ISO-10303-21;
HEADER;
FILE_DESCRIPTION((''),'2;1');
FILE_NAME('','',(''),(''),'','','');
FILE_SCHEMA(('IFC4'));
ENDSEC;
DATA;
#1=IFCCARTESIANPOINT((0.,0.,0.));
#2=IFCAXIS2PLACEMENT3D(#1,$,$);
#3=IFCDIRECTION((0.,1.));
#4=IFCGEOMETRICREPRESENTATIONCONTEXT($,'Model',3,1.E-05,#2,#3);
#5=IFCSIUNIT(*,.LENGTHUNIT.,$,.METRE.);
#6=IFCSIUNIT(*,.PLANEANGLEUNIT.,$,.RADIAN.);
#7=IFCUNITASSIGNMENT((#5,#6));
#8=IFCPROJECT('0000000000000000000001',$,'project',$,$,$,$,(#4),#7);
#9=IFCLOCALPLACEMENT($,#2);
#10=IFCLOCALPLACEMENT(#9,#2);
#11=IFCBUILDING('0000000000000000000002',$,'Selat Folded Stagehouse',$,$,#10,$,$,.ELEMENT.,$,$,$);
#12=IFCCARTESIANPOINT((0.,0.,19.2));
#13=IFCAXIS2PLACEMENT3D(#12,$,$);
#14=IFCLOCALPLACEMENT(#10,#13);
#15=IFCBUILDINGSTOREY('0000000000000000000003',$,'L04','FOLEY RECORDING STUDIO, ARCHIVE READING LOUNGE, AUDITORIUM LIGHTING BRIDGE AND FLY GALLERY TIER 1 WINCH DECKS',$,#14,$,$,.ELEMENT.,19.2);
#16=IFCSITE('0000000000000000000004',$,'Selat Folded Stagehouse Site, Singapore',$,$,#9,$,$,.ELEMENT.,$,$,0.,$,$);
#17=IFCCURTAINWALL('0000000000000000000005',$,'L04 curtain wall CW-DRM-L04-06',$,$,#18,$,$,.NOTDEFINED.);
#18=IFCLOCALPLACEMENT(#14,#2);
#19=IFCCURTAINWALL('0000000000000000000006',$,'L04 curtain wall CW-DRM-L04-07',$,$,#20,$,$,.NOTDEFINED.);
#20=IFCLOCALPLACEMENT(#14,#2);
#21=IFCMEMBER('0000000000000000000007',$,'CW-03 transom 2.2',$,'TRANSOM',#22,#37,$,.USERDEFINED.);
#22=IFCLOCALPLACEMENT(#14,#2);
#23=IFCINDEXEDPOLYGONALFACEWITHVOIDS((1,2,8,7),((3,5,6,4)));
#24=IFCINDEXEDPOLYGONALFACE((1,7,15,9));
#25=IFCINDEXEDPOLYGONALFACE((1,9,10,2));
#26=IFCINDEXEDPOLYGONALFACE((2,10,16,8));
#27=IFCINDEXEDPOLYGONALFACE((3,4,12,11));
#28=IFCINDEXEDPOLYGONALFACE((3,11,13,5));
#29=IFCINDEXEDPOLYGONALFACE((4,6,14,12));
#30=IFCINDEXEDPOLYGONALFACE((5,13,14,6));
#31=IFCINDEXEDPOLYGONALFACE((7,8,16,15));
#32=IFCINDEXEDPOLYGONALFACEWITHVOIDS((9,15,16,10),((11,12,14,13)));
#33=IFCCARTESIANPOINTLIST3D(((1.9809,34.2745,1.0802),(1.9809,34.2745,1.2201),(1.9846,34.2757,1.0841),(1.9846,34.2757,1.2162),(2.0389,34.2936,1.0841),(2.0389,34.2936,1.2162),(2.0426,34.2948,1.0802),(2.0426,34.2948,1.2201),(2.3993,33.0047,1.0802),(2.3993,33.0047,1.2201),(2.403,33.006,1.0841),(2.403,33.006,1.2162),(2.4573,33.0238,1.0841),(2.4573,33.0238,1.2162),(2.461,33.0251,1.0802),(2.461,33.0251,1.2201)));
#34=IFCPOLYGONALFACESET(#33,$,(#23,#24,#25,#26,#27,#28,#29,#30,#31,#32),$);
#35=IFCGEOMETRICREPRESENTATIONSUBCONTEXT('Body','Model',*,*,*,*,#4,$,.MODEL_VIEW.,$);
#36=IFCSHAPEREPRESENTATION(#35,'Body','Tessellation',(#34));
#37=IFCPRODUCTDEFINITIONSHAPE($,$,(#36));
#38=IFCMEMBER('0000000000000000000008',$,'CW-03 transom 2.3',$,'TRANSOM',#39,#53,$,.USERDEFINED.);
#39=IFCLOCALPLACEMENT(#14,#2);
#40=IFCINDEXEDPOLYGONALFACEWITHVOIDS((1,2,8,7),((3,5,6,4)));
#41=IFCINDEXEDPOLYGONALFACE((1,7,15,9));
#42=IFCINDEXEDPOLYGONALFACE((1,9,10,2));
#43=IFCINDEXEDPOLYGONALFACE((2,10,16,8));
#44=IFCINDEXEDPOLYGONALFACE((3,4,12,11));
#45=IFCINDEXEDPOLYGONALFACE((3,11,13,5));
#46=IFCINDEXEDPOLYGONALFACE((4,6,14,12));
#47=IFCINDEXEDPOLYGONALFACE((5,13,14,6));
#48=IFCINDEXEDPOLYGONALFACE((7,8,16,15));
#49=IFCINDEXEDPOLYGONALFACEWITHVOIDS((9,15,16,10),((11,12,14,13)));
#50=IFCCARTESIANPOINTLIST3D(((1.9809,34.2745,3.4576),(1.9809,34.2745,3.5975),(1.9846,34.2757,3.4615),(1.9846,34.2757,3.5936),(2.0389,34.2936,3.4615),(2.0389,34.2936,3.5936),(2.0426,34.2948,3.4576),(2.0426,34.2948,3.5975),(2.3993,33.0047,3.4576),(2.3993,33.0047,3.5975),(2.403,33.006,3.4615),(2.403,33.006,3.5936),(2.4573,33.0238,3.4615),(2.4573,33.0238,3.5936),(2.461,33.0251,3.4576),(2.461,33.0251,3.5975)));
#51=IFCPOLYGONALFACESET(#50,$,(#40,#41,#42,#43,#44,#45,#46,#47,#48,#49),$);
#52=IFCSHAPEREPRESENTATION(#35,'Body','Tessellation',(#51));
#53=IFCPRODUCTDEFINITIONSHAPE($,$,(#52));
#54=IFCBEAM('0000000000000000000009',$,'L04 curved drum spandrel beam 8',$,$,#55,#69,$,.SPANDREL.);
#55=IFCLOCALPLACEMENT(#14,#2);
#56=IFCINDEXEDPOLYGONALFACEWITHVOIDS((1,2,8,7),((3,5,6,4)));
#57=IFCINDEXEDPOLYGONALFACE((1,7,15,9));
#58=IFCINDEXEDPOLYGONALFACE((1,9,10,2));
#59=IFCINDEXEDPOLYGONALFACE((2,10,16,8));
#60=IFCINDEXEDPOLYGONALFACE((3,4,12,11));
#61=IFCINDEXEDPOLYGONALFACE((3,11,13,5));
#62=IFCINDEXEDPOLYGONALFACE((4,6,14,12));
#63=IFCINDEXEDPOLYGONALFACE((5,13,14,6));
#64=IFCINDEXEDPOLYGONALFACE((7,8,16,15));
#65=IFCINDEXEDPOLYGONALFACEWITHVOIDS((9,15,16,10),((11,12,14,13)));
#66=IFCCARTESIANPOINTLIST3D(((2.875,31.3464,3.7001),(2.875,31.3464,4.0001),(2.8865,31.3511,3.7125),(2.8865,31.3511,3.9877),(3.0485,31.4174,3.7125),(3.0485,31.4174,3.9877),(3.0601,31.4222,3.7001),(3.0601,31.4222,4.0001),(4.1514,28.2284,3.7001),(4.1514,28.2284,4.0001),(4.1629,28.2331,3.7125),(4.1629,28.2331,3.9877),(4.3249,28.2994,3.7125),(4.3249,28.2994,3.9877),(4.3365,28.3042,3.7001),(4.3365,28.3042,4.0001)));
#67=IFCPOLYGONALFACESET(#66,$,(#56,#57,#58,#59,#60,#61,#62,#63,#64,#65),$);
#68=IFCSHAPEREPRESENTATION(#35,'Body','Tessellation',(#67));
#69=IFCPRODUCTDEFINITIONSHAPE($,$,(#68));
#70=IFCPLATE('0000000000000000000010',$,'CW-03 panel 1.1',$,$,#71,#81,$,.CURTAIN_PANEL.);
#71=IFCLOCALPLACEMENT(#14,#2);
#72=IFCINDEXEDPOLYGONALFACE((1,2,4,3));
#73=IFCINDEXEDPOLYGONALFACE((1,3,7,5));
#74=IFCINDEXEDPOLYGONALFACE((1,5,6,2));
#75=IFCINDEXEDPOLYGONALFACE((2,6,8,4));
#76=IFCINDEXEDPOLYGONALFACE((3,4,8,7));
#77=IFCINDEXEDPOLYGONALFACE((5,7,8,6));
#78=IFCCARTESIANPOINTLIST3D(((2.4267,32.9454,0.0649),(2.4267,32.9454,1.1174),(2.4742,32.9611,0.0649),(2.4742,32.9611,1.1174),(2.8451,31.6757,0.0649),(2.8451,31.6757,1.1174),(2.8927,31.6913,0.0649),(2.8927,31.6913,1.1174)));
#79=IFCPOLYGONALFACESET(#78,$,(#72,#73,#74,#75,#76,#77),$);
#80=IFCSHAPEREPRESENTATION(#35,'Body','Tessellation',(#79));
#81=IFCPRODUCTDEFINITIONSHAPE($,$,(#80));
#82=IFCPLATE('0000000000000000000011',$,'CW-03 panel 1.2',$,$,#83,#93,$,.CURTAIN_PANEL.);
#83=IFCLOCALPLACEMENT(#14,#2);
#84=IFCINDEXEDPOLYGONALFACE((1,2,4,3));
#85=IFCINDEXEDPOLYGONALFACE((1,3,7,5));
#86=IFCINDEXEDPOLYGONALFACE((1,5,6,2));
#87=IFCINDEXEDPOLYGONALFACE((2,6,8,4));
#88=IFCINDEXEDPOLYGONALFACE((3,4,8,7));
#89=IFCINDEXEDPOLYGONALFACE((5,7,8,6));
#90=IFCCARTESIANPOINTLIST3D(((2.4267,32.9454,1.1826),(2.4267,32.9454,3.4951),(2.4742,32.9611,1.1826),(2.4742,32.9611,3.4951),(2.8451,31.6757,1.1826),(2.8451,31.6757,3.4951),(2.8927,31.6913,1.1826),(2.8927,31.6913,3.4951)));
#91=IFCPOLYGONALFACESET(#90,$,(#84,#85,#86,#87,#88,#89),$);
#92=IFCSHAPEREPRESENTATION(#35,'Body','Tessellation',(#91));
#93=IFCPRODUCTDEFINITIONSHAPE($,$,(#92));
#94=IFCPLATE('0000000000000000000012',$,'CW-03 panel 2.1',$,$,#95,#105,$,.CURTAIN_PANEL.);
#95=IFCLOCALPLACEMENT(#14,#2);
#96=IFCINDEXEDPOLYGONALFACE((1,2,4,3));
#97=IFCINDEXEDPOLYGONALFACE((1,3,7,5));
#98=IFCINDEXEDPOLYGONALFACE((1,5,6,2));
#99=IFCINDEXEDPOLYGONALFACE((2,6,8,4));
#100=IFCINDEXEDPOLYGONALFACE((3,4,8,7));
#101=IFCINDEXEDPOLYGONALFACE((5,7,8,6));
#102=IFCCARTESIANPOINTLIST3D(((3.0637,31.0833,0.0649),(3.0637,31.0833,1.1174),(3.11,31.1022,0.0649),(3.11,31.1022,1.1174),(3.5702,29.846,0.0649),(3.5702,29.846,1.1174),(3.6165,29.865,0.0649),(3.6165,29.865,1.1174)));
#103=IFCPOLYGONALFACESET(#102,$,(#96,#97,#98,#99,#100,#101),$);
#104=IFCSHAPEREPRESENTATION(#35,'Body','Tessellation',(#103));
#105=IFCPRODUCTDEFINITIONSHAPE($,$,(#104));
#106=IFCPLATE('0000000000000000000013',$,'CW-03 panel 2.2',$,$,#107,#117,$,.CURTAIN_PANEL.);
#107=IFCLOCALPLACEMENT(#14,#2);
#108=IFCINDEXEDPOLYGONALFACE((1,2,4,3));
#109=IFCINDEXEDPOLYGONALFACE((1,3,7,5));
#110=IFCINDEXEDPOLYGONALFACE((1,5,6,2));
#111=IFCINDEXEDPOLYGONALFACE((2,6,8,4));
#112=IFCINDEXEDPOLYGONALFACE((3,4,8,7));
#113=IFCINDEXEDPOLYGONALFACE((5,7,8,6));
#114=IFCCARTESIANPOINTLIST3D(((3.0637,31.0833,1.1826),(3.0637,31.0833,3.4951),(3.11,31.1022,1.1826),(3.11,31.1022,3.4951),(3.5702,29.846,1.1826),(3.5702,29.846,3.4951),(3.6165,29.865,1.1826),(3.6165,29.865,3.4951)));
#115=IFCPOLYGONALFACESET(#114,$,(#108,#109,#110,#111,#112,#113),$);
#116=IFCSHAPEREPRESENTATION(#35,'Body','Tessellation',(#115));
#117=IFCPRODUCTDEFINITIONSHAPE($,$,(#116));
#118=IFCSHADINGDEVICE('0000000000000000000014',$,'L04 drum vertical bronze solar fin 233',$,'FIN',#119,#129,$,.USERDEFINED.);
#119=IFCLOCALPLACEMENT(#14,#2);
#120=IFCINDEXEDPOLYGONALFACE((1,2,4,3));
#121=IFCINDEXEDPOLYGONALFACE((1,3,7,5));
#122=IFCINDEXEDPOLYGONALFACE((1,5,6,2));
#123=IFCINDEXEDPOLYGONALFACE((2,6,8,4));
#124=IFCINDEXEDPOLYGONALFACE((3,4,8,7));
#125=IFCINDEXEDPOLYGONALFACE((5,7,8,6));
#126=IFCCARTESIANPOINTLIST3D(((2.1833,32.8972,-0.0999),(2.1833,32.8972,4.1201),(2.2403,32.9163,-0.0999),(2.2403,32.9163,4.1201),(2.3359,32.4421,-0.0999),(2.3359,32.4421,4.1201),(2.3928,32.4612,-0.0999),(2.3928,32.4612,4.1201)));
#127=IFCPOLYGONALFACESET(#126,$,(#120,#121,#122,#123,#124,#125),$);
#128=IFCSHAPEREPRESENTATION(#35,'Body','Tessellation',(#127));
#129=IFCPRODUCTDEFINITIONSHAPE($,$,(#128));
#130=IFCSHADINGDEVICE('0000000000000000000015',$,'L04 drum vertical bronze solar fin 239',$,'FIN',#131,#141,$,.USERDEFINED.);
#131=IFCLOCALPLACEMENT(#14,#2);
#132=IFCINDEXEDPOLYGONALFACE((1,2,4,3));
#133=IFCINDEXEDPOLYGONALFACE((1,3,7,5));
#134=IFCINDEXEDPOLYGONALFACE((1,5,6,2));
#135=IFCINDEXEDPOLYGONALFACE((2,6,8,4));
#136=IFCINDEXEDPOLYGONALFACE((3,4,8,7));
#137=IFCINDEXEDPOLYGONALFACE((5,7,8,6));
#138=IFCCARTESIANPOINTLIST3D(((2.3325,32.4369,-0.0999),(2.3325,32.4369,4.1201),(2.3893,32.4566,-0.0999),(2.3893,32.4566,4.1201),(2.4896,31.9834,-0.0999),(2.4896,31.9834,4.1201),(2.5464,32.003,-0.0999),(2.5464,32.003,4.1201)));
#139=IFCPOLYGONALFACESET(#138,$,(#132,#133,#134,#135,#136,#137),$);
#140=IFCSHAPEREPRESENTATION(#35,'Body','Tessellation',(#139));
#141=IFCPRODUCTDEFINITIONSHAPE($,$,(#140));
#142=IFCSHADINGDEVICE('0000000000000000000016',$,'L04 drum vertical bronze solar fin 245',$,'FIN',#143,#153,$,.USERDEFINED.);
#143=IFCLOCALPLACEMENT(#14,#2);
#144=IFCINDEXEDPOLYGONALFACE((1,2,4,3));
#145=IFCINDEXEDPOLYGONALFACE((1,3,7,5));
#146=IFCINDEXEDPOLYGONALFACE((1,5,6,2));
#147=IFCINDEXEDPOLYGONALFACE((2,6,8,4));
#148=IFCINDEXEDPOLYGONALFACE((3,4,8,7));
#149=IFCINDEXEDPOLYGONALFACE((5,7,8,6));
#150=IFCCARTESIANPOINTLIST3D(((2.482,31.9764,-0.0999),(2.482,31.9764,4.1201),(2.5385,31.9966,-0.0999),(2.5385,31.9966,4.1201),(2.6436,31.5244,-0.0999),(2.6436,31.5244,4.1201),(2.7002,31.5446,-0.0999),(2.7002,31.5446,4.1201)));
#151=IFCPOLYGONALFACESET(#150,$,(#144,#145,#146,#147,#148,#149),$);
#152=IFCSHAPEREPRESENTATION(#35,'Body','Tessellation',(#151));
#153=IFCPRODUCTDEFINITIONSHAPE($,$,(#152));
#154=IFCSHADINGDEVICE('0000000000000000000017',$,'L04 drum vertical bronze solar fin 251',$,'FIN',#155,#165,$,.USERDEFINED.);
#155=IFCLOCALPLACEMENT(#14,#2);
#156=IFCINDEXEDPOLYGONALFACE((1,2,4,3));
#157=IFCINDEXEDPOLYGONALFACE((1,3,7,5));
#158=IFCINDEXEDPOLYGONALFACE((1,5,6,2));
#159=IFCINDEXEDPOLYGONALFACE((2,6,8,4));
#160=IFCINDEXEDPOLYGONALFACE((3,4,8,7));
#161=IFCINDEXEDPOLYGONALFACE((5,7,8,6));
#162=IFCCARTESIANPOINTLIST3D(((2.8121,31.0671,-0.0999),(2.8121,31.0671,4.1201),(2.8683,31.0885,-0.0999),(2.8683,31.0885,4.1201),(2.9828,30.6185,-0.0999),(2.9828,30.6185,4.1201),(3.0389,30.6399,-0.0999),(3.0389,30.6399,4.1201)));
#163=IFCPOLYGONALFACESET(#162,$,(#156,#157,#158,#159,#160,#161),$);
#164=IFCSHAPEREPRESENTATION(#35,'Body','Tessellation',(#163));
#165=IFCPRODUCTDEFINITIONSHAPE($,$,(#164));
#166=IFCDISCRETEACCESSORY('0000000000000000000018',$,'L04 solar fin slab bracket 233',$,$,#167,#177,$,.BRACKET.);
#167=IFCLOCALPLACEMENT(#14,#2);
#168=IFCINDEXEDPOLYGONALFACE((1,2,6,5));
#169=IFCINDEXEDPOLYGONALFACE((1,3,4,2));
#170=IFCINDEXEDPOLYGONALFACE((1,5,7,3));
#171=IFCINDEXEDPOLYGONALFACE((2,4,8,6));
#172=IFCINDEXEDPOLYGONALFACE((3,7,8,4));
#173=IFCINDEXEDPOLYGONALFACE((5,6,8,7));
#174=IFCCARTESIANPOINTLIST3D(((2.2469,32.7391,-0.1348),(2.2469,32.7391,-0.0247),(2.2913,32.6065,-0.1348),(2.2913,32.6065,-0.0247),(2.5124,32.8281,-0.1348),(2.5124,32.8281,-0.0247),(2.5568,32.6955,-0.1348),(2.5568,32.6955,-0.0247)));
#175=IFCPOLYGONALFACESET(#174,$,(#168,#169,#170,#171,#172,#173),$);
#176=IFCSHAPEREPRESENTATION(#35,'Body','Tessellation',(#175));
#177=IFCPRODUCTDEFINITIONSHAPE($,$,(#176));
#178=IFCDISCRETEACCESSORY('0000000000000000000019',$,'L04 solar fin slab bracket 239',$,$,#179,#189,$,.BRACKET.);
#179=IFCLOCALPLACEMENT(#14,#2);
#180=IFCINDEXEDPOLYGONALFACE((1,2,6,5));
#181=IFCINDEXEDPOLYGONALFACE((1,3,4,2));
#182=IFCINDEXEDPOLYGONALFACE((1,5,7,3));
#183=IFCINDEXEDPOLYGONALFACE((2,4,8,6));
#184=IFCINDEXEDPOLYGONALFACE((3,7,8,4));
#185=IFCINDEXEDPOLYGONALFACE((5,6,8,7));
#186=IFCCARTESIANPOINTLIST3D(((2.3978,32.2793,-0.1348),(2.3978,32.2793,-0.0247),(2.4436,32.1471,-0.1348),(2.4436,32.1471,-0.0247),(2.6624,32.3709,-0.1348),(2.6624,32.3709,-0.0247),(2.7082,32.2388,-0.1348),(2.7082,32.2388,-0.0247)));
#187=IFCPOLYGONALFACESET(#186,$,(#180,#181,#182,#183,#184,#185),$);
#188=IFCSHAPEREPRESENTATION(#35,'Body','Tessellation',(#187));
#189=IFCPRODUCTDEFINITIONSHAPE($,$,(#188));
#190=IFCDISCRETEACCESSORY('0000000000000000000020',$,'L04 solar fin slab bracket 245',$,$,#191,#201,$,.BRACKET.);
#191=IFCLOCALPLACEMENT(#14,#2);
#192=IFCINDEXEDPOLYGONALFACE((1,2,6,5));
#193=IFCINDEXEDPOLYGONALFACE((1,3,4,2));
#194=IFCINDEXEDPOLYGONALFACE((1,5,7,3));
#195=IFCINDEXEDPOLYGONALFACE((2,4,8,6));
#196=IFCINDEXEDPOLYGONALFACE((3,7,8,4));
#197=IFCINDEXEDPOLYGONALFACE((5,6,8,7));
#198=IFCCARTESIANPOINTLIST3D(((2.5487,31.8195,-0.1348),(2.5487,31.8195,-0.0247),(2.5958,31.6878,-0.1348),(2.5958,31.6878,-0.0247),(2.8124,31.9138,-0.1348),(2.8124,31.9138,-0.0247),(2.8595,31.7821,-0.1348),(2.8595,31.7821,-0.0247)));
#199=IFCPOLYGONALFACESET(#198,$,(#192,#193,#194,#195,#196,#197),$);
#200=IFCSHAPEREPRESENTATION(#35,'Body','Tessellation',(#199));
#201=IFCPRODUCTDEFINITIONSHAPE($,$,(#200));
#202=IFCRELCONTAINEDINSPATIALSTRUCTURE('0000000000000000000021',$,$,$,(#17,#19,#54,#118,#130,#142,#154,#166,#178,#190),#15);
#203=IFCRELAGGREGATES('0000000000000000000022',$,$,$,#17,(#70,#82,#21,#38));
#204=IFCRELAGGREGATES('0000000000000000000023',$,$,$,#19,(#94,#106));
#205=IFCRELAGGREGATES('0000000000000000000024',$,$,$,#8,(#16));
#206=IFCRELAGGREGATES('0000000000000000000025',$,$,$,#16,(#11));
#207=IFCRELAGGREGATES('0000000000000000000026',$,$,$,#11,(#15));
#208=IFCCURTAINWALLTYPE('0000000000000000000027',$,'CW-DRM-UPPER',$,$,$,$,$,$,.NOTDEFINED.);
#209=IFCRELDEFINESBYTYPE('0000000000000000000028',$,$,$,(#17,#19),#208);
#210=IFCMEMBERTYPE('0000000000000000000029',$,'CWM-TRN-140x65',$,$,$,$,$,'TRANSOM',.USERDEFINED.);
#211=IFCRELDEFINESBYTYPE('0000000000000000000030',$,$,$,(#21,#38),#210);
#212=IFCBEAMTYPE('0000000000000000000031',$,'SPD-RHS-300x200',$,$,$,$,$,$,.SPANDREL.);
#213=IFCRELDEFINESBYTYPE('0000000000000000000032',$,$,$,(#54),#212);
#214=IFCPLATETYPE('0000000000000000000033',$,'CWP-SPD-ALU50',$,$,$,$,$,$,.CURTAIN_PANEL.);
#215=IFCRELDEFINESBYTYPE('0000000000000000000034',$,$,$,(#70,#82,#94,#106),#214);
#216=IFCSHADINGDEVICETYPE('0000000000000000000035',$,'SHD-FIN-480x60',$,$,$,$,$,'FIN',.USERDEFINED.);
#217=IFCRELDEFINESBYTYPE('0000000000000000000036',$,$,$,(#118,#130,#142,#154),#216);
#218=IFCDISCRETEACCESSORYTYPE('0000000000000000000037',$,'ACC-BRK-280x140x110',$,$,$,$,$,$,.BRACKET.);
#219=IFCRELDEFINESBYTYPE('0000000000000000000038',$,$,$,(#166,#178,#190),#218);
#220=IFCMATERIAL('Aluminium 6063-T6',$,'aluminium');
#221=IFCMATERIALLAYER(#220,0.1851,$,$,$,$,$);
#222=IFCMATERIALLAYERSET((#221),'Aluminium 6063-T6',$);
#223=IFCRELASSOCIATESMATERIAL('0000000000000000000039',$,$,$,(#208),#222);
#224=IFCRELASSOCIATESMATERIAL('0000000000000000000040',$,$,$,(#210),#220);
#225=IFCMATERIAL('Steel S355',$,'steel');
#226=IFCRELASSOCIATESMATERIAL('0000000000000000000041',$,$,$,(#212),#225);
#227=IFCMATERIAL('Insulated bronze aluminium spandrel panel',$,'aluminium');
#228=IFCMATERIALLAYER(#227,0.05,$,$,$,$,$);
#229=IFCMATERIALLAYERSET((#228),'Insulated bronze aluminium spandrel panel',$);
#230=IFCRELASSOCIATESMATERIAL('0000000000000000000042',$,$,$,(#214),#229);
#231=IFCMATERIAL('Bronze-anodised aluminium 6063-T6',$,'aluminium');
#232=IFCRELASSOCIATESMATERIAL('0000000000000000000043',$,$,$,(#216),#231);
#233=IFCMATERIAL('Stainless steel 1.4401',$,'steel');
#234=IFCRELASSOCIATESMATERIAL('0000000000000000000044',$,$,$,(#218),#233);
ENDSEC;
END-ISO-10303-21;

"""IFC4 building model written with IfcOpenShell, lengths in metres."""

from ifc_helpers import new_model, si_unit, direction, frame, origin, origin_2d, place, context, subcontext, project, spatial, rectangle, hollow_rectangle, extrude, material, layer, layer_set, material_profile, profile_set, type_object, element, aggregate, save


model = new_model("IFC4")

# Units and contexts
model_context = context("Model", 3, precision=1e-05, world=origin(), true_north=direction((0.0, 1.0)))
body_context = subcontext(model_context, "Body", "Model", "MODEL_VIEW")
ifc_project = project(units=[si_unit("LENGTHUNIT", "METRE"), si_unit("PLANEANGLEUNIT", "RADIAN")], contexts=[model_context])

# Site, building, storey
site_placement = place(None, origin())
site = spatial("IfcSite", under=ifc_project, at=site_placement, Name="Selat Folded Stagehouse Site, Singapore", CompositionType="ELEMENT", RefElevation=0.0)
building_placement = place(site_placement, origin())
building = spatial("IfcBuilding", under=site, at=building_placement, Name="Selat Folded Stagehouse", CompositionType="ELEMENT")
storey_placement = place(building_placement, frame((0.0, 0.0, 19.2)))
storey = spatial("IfcBuildingStorey", under=building, at=storey_placement, Name="L04", Description="FOLEY RECORDING STUDIO, ARCHIVE READING LOUNGE, AUDITORIUM LIGHTING BRIDGE AND FLY GALLERY TIER 1 WINCH DECKS", CompositionType="ELEMENT", Elevation=19.2)

# Shared definitions
ifc_material_1 = material(Name="Steel S355", Category="steel")

# Curtain wall
ifc_material_2 = material(Name="Aluminium 6063-T6", Category="aluminium")
ifc_layer_1 = layer(ifc_material_2, 0.1851)
ifc_layer_set_1 = layer_set([ifc_layer_1], Name="Aluminium 6063-T6")
curtain_wall_type = type_object("IfcCurtainWallType", Name="CW-DRM-UPPER", PredefinedType="NOTDEFINED", material=ifc_layer_set_1)
curtain_wall_1_placement = place(storey_placement, origin())
curtain_wall_1 = element("IfcCurtainWall", 1, at=curtain_wall_1_placement, inside=storey, type_object=curtain_wall_type, Name="L04 curtain wall CW-DRM-L04-06", PredefinedType="NOTDEFINED")

# Curtain wall
curtain_wall_2_placement = place(storey_placement, origin())
curtain_wall_2 = element("IfcCurtainWall", 2, at=curtain_wall_2_placement, inside=storey, type_object=curtain_wall_type, Name="L04 curtain wall CW-DRM-L04-07", PredefinedType="NOTDEFINED")

# Members
ifc_material_profile_1 = material_profile(ifc_material_2, hollow_rectangle(XDim=0.0649, YDim=0.1399, WallThickness=0.0039, at=origin_2d()), Name="ALU 140x65x4.0")
ifc_profile_set_1 = profile_set([ifc_material_profile_1], Name="Aluminium 6063-T6")
member_type_1 = type_object("IfcMemberType", Name="CWM-TRN-140x65", ElementType="TRANSOM", PredefinedType="USERDEFINED", material=ifc_profile_set_1)
member_1_placement = place(storey_placement, frame((2.4302, 33.0149, 1.1501), z_axis=(-0.312994, 0.949755, 0.0), x_axis=(-0.949755, -0.312994, 0.0)))
member_1 = element("IfcMember", 3, at=member_1_placement, type_object=member_type_1, Name="CW-03 transom 2.2", ObjectType="TRANSOM", PredefinedType="USERDEFINED", context=body_context, shape_type="SweptSolid", body=[
    extrude(hollow_rectangle(XDim=0.0649, YDim=0.1399, WallThickness=0.0039, at=origin_2d()), origin(), (0.0, 0.0, 1.0), 1.3369),
])
member_2_placement = place(storey_placement, frame((2.4302, 33.0149, 3.5276), z_axis=(-0.312994, 0.949755, 0.0), x_axis=(-0.949755, -0.312994, 0.0)))
member_2 = element("IfcMember", 4, at=member_2_placement, type_object=member_type_1, Name="CW-03 transom 2.3", ObjectType="TRANSOM", PredefinedType="USERDEFINED", context=body_context, shape_type="SweptSolid", body=[
    extrude(hollow_rectangle(XDim=0.0649, YDim=0.1399, WallThickness=0.0039, at=origin_2d()), origin(), (0.0, 0.0, 1.0), 1.3369),
])

# Beam
ifc_material_profile_2 = material_profile(ifc_material_1, hollow_rectangle(XDim=0.2, YDim=0.3, WallThickness=0.0125, at=origin_2d()), Name="RHS 300x200x12.5")
ifc_profile_set_2 = profile_set([ifc_material_profile_2], Name="Steel S355")
beam_type = type_object("IfcBeamType", Name="SPD-RHS-300x200", PredefinedType="SPANDREL", material=ifc_profile_set_2)
beam_placement = place(storey_placement, frame((2.9675, 31.3843, 3.8501), z_axis=(0.37885, -0.925458, 0.0), x_axis=(0.925458, 0.37885, 0.0)))
element("IfcBeam", 5, at=beam_placement, inside=storey, type_object=beam_type, Name="L04 curved drum spandrel beam 8", PredefinedType="SPANDREL", context=body_context, shape_type="SweptSolid", body=[
    extrude(hollow_rectangle(XDim=0.2, YDim=0.3, WallThickness=0.0125, at=origin_2d()), origin(), (0.0, 0.0, 1.0), 3.3691),
])

# Plates
ifc_material_3 = material(Name="Insulated bronze aluminium spandrel panel", Category="aluminium")
ifc_layer_2 = layer(ifc_material_3, 0.05)
ifc_layer_set_2 = layer_set([ifc_layer_2], Name="Insulated bronze aluminium spandrel panel")
plate_type = type_object("IfcPlateType", Name="CWP-SPD-ALU50", PredefinedType="CURTAIN_PANEL", material=ifc_layer_set_2)
plate_1_placement = place(storey_placement, frame((2.6597, 32.3184, 0.0649), z_axis=(0.0, 0.0, 1.0), x_axis=(-0.312995, 0.949755, 0.0)))
plate_1 = element("IfcPlate", 6, at=plate_1_placement, type_object=plate_type, Name="CW-03 panel 1.1", PredefinedType="CURTAIN_PANEL", context=body_context, shape_type="SweptSolid", body=[
    extrude(rectangle(XDim=1.3369, YDim=0.05, at=origin_2d()), origin(), (0.0, 0.0, 1.0), 1.0525),
])
plate_2_placement = place(storey_placement, frame((2.6597, 32.3184, 1.1826), z_axis=(0.0, 0.0, 1.0), x_axis=(-0.312995, 0.949755, 0.0)))
plate_2 = element("IfcPlate", 7, at=plate_2_placement, type_object=plate_type, Name="CW-03 panel 1.2", PredefinedType="CURTAIN_PANEL", context=body_context, shape_type="SweptSolid", body=[
    extrude(rectangle(XDim=1.3369, YDim=0.05, at=origin_2d()), origin(), (0.0, 0.0, 1.0), 2.3125),
])
aggregate(curtain_wall_1, [plate_1, plate_2, member_1, member_2])
plate_3_placement = place(storey_placement, frame((3.3401, 30.4741, 0.0649), z_axis=(0.0, 0.0, 1.0), x_axis=(-0.378891, 0.925441, 0.0)))
plate_3 = element("IfcPlate", 8, at=plate_3_placement, type_object=plate_type, Name="CW-03 panel 2.1", PredefinedType="CURTAIN_PANEL", context=body_context, shape_type="SweptSolid", body=[
    extrude(rectangle(XDim=1.3369, YDim=0.05, at=origin_2d()), origin(), (0.0, 0.0, 1.0), 1.0525),
])
plate_4_placement = place(storey_placement, frame((3.3401, 30.4741, 1.1826), z_axis=(0.0, 0.0, 1.0), x_axis=(-0.378891, 0.925441, 0.0)))
plate_4 = element("IfcPlate", 9, at=plate_4_placement, type_object=plate_type, Name="CW-03 panel 2.2", PredefinedType="CURTAIN_PANEL", context=body_context, shape_type="SweptSolid", body=[
    extrude(rectangle(XDim=1.3369, YDim=0.05, at=origin_2d()), origin(), (0.0, 0.0, 1.0), 2.3125),
])
aggregate(curtain_wall_2, [plate_3, plate_4])

# Shading devices
ifc_material_4 = material(Name="Bronze-anodised aluminium 6063-T6", Category="aluminium")
ifc_material_profile_3 = material_profile(ifc_material_4, rectangle(XDim=0.0601, YDim=0.48, at=origin_2d()), Name="SOLAR-FIN 480x60")
ifc_profile_set_3 = profile_set([ifc_material_profile_3], Name="Bronze-anodised aluminium 6063-T6")
shading_device_type = type_object("IfcShadingDeviceType", Name="SHD-FIN-480x60", ElementType="FIN", PredefinedType="USERDEFINED", material=ifc_profile_set_3)
for number, where, z_axis, x_axis, name in (
    (10, (2.2881, 32.6792, -0.0999), (0.0, 0.0, 1.0), (-0.948157, -0.317801, 0.0), "L04 drum vertical bronze solar fin 233"),
    (11, (2.4395, 32.22, -0.0999), (0.0, 0.0, 1.0), (-0.944949, -0.327218, 0.0), "L04 drum vertical bronze solar fin 239"),
    (12, (2.5911, 31.7605, -0.0999), (0.0, 0.0, 1.0), (-0.941588, -0.336767, 0.0), "L04 drum vertical bronze solar fin 245"),
    (13, (2.9255, 30.8535, -0.0999), (0.0, 0.0, 1.0), (-0.93464, -0.355596, 0.0), "L04 drum vertical bronze solar fin 251"),
):
    element("IfcShadingDevice", number, at=place(storey_placement, frame(where, z_axis=z_axis, x_axis=x_axis)), inside=storey, type_object=shading_device_type, Name=name, ObjectType="FIN", PredefinedType="USERDEFINED", context=body_context, shape_type="SweptSolid", body=[
        extrude(rectangle(XDim=0.0601, YDim=0.48, at=origin_2d()), origin(), (0.0, 0.0, 1.0), 4.22),
    ])

# Discrete accessories
ifc_material_5 = material(Name="Stainless steel 1.4401", Category="steel")
discrete_accessory_type = type_object("IfcDiscreteAccessoryType", Name="ACC-BRK-280x140x110", PredefinedType="BRACKET", material=ifc_material_5)
for number, where, z_axis, x_axis, name in (
    (14, (2.4019, 32.7173, -0.1348), (0.0, 0.0, 1.0), (-0.948157, -0.317801, 0.0), "L04 solar fin slab bracket 233"),
    (15, (2.553, 32.259, -0.1348), (0.0, 0.0, 1.0), (-0.944949, -0.327218, 0.0), "L04 solar fin slab bracket 239"),
    (16, (2.7041, 31.8008, -0.1348), (0.0, 0.0, 1.0), (-0.941588, -0.336767, 0.0), "L04 solar fin slab bracket 245"),
):
    element("IfcDiscreteAccessory", number, at=place(storey_placement, frame(where, z_axis=z_axis, x_axis=x_axis)), inside=storey, type_object=discrete_accessory_type, Name=name, PredefinedType="BRACKET", context=body_context, shape_type="SweptSolid", body=[
        extrude(rectangle(XDim=0.28, YDim=0.1399, at=origin_2d()), origin(), (0.0, 0.0, 1.0), 0.1101),
    ])

save(model, "model.ifc")
